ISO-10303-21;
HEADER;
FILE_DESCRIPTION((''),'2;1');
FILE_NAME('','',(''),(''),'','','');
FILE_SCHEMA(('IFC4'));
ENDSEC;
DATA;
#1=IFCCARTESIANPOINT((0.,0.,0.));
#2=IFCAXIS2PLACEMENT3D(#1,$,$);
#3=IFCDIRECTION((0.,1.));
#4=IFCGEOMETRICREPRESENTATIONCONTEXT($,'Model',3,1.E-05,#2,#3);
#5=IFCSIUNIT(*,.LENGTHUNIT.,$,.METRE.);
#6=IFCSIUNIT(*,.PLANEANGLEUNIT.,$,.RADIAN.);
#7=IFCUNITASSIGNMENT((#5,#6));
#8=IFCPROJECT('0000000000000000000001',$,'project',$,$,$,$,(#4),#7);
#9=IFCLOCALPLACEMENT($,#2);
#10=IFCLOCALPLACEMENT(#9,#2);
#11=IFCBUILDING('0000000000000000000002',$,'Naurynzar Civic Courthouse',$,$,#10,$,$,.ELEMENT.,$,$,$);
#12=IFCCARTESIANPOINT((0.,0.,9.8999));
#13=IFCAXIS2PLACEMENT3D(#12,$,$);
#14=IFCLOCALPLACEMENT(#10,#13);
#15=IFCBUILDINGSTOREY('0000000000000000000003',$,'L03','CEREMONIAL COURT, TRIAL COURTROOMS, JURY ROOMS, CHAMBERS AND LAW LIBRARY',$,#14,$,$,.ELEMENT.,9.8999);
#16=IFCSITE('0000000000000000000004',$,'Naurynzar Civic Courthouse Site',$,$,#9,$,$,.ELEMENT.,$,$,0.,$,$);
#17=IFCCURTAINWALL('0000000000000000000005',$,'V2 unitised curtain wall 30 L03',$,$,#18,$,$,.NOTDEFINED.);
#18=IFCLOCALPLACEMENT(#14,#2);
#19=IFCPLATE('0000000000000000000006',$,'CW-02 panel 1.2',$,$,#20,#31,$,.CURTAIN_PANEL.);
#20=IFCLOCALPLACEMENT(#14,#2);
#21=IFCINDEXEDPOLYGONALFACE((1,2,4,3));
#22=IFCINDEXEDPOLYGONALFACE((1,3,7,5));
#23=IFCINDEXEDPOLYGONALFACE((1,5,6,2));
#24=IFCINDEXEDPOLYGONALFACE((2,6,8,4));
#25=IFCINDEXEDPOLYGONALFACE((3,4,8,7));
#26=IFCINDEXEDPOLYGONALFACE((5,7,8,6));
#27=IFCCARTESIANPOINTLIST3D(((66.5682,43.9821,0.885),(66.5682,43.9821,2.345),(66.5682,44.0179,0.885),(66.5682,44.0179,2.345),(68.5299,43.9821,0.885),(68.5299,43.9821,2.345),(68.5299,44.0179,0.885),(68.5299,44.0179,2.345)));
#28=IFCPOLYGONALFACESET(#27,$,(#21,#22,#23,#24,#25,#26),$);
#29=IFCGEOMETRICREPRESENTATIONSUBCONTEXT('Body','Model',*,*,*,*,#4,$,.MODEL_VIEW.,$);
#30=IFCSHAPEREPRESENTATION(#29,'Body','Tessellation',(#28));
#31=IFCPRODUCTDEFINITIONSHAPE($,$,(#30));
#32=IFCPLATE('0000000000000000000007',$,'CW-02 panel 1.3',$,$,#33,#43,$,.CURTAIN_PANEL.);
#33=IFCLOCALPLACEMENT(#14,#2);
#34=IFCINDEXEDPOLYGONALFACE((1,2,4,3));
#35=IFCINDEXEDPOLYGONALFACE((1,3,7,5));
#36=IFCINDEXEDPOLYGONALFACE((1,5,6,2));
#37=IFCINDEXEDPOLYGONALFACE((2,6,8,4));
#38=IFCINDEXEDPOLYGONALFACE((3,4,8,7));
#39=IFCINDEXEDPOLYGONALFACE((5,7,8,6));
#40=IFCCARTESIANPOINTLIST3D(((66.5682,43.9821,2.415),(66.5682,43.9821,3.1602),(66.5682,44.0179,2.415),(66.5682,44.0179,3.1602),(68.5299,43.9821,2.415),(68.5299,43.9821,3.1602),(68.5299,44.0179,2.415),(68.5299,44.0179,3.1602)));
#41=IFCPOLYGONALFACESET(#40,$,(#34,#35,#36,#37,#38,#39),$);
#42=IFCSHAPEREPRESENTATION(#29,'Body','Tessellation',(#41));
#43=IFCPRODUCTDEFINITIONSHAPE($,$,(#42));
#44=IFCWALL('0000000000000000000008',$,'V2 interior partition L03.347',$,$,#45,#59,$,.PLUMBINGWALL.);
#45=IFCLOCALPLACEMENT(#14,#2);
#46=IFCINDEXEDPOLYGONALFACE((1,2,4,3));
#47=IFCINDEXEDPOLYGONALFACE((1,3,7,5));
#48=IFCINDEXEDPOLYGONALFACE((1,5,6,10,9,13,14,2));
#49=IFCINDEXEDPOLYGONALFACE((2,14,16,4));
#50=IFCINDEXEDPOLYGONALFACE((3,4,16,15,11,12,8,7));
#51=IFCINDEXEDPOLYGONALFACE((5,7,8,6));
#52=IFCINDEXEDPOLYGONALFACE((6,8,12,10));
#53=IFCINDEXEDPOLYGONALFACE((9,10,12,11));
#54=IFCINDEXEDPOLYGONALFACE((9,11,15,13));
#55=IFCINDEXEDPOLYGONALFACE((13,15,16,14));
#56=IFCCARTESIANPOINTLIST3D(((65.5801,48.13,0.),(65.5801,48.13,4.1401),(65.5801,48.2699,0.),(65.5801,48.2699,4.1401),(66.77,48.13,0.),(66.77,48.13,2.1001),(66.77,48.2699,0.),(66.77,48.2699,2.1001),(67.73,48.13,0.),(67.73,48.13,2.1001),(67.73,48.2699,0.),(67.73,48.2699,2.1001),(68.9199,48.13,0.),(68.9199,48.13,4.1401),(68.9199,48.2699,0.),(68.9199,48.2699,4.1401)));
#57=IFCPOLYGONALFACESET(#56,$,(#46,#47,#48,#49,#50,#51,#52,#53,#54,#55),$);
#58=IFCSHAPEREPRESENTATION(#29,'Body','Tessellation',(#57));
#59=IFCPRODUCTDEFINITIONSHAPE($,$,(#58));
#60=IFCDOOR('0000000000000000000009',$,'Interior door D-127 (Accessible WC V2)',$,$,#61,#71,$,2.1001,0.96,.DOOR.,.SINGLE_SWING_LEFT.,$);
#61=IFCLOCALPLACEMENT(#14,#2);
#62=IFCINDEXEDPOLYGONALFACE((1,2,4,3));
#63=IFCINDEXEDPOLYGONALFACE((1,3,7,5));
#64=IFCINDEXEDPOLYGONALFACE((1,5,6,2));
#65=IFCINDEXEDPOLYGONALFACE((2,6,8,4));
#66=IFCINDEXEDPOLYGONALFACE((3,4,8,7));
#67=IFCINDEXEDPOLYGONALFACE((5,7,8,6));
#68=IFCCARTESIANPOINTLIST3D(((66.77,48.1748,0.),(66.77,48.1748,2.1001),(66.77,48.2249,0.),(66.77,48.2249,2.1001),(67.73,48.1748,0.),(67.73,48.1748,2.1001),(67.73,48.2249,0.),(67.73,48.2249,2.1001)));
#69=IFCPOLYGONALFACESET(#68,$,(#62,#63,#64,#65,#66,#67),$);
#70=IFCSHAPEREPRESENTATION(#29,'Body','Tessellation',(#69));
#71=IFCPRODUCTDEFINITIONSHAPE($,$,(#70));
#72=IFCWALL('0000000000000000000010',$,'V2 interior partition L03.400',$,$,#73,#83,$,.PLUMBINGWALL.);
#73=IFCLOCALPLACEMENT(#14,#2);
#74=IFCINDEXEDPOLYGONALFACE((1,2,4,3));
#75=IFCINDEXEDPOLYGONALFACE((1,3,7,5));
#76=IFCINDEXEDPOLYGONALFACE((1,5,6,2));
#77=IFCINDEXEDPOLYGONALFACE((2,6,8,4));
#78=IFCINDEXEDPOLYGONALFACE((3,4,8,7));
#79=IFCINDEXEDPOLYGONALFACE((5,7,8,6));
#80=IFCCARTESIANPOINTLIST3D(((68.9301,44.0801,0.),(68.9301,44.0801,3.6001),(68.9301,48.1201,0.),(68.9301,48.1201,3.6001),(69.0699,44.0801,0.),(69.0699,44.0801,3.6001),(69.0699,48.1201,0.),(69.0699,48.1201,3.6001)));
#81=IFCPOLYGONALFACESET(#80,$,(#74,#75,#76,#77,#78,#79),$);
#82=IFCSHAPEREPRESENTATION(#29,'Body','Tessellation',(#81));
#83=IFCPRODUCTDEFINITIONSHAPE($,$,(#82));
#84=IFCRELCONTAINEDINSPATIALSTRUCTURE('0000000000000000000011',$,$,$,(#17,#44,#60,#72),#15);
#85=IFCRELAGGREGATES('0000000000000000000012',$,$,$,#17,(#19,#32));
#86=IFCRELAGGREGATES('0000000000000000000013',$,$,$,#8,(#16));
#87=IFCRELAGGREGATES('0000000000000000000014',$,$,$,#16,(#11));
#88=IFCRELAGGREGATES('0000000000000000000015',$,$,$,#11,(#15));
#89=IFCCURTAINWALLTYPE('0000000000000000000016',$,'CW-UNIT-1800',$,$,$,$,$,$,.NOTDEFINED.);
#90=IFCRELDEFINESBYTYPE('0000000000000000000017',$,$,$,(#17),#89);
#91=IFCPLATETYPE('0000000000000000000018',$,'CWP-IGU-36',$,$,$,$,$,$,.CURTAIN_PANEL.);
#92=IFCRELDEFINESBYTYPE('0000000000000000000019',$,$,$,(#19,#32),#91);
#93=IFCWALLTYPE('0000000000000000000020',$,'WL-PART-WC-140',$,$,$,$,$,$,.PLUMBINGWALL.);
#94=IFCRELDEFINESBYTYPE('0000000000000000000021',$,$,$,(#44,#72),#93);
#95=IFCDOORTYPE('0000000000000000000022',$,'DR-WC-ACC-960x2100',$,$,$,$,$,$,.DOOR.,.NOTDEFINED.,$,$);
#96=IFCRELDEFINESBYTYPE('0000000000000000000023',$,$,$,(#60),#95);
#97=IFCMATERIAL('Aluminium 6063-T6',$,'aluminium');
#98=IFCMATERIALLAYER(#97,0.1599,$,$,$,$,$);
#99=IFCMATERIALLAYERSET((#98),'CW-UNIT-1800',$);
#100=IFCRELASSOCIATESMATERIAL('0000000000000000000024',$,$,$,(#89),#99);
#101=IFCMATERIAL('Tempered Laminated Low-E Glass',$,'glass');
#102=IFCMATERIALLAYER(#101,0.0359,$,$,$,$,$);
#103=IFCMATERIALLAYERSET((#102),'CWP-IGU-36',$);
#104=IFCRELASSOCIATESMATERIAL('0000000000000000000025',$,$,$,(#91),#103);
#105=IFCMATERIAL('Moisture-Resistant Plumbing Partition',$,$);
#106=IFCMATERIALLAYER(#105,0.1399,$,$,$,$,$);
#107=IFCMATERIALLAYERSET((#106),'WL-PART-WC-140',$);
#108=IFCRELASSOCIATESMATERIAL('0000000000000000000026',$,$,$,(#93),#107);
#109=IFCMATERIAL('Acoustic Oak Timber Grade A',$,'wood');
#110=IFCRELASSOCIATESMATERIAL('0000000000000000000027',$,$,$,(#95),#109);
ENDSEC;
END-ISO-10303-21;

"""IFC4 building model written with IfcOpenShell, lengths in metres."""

from ifc_helpers import new_model, si_unit, direction, frame, frame_2d, origin, origin_2d, place, context, subcontext, project, spatial, rectangle, extrude, material, layer, layer_set, type_object, element, fill, aggregate, save


model = new_model("IFC4")

# Units and contexts
model_context = context("Model", 3, precision=1e-05, world=origin(), true_north=direction((0.0, 1.0)))
body_context = subcontext(model_context, "Body", "Model", "MODEL_VIEW")
ifc_project = project(units=[si_unit("LENGTHUNIT", "METRE"), si_unit("PLANEANGLEUNIT", "RADIAN")], contexts=[model_context])

# Site, building, storey
site_placement = place(None, origin())
site = spatial("IfcSite", under=ifc_project, at=site_placement, Name="Naurynzar Civic Courthouse Site", CompositionType="ELEMENT", RefElevation=0.0)
building_placement = place(site_placement, origin())
building = spatial("IfcBuilding", under=site, at=building_placement, Name="Naurynzar Civic Courthouse", CompositionType="ELEMENT")
storey_placement = place(building_placement, frame((0.0, 0.0, 9.8999)))
storey = spatial("IfcBuildingStorey", under=building, at=storey_placement, Name="L03", Description="CEREMONIAL COURT, TRIAL COURTROOMS, JURY ROOMS, CHAMBERS AND LAW LIBRARY", CompositionType="ELEMENT", Elevation=9.8999)

# Curtain wall, plates
ifc_material_1 = material(Name="Aluminium 6063-T6", Category="aluminium")
ifc_layer_1 = layer(ifc_material_1, 0.1599)
ifc_layer_set_1 = layer_set([ifc_layer_1], Name="CW-UNIT-1800")
curtain_wall_type = type_object("IfcCurtainWallType", Name="CW-UNIT-1800", PredefinedType="NOTDEFINED", material=ifc_layer_set_1)
curtain_wall_placement = place(storey_placement, origin())
curtain_wall = element("IfcCurtainWall", 1, at=curtain_wall_placement, inside=storey, type_object=curtain_wall_type, Name="V2 unitised curtain wall 30 L03", PredefinedType="NOTDEFINED")
ifc_material_2 = material(Name="Tempered Laminated Low-E Glass", Category="glass")
ifc_layer_2 = layer(ifc_material_2, 0.0359)
ifc_layer_set_2 = layer_set([ifc_layer_2], Name="CWP-IGU-36")
plate_type = type_object("IfcPlateType", Name="CWP-IGU-36", PredefinedType="CURTAIN_PANEL", material=ifc_layer_set_2)
plate_1_placement = place(storey_placement, frame((67.5491, 44.0, 0.885), z_axis=(0.0, 0.0, 1.0), x_axis=(-1.0, 0.0, 0.0)))
plate_1 = element("IfcPlate", 2, at=plate_1_placement, type_object=plate_type, Name="CW-02 panel 1.2", PredefinedType="CURTAIN_PANEL", context=body_context, shape_type="SweptSolid", body=[
    extrude(rectangle(XDim=1.9617, YDim=0.0359, at=origin_2d()), origin(), (0.0, 0.0, 1.0), 1.46),
])
plate_2_placement = place(storey_placement, frame((67.5491, 44.0, 2.415), z_axis=(0.0, 0.0, 1.0), x_axis=(-1.0, 0.0, 0.0)))
plate_2 = element("IfcPlate", 3, at=plate_2_placement, type_object=plate_type, Name="CW-02 panel 1.3", PredefinedType="CURTAIN_PANEL", context=body_context, shape_type="SweptSolid", body=[
    extrude(rectangle(XDim=1.9617, YDim=0.0359, at=origin_2d()), origin(), (0.0, 0.0, 1.0), 0.7451),
])
aggregate(curtain_wall, [plate_1, plate_2])

# Wall, opening, door
ifc_material_3 = material(Name="Moisture-Resistant Plumbing Partition")
ifc_layer_3 = layer(ifc_material_3, 0.1399)
ifc_layer_set_3 = layer_set([ifc_layer_3], Name="WL-PART-WC-140")
wall_type = type_object("IfcWallType", Name="WL-PART-WC-140", PredefinedType="PLUMBINGWALL", material=ifc_layer_set_3)
wall_1_placement = place(storey_placement, frame((65.5801, 48.2, 0.0), z_axis=(0.0, 0.0, 1.0), x_axis=(1.0, 0.0, 0.0)))
wall_1 = element("IfcWall", 4, at=wall_1_placement, inside=storey, type_object=wall_type, Name="V2 interior partition L03.347", PredefinedType="PLUMBINGWALL", context=body_context, shape_type="SweptSolid", body=[
    extrude(rectangle(XDim=3.3398, YDim=0.1399, at=frame_2d((1.6699, 0.0))), origin(), (0.0, 0.0, 1.0), 4.1401),
])
opening_placement = place(wall_1_placement, frame((1.1899, 0.0, 0.0)))
opening = element("IfcOpeningElement", 5, at=opening_placement, cuts=wall_1, PredefinedType="OPENING", context=body_context, shape_type="SweptSolid", body=[
    extrude(rectangle(XDim=0.96, YDim=2.1001, at=frame_2d((0.48, 1.05))), frame((0.0, 0.0798, 0.0), z_axis=(0.0, -1.0, 0.0), x_axis=(1.0, 0.0, 0.0)), (0.0, 0.0, 1.0), 0.1599),
])
ifc_material_4 = material(Name="Acoustic Oak Timber Grade A", Category="wood")
door_type = type_object("IfcDoorType", Name="DR-WC-ACC-960x2100", OperationType="NOTDEFINED", PredefinedType="DOOR", material=ifc_material_4)
door_placement = place(opening_placement, origin())
door = element("IfcDoor", 6, at=door_placement, inside=storey, type_object=door_type, Name="Interior door D-127 (Accessible WC V2)", OperationType="SINGLE_SWING_LEFT", OverallHeight=2.1001, OverallWidth=0.96, PredefinedType="DOOR", context=body_context, shape_type="SweptSolid", body=[
    extrude(rectangle(XDim=0.96, YDim=2.1001, at=frame_2d((0.48, 1.05))), frame((0.0, 0.0249, 0.0), z_axis=(0.0, -1.0, 0.0), x_axis=(1.0, 0.0, 0.0)), (0.0, 0.0, 1.0), 0.05),
])
fill(opening, door)

# Wall
wall_2_placement = place(storey_placement, frame((69.0, 44.0801, 0.0), z_axis=(0.0, 0.0, 1.0), x_axis=(0.0, 1.0, 0.0)))
element("IfcWall", 7, at=wall_2_placement, inside=storey, type_object=wall_type, Name="V2 interior partition L03.400", PredefinedType="PLUMBINGWALL", context=body_context, shape_type="SweptSolid", body=[
    extrude(rectangle(XDim=4.04, YDim=0.1399, at=frame_2d((2.02, 0.0))), origin(), (0.0, 0.0, 1.0), 3.6001),
])

save(model, "model.ifc")
